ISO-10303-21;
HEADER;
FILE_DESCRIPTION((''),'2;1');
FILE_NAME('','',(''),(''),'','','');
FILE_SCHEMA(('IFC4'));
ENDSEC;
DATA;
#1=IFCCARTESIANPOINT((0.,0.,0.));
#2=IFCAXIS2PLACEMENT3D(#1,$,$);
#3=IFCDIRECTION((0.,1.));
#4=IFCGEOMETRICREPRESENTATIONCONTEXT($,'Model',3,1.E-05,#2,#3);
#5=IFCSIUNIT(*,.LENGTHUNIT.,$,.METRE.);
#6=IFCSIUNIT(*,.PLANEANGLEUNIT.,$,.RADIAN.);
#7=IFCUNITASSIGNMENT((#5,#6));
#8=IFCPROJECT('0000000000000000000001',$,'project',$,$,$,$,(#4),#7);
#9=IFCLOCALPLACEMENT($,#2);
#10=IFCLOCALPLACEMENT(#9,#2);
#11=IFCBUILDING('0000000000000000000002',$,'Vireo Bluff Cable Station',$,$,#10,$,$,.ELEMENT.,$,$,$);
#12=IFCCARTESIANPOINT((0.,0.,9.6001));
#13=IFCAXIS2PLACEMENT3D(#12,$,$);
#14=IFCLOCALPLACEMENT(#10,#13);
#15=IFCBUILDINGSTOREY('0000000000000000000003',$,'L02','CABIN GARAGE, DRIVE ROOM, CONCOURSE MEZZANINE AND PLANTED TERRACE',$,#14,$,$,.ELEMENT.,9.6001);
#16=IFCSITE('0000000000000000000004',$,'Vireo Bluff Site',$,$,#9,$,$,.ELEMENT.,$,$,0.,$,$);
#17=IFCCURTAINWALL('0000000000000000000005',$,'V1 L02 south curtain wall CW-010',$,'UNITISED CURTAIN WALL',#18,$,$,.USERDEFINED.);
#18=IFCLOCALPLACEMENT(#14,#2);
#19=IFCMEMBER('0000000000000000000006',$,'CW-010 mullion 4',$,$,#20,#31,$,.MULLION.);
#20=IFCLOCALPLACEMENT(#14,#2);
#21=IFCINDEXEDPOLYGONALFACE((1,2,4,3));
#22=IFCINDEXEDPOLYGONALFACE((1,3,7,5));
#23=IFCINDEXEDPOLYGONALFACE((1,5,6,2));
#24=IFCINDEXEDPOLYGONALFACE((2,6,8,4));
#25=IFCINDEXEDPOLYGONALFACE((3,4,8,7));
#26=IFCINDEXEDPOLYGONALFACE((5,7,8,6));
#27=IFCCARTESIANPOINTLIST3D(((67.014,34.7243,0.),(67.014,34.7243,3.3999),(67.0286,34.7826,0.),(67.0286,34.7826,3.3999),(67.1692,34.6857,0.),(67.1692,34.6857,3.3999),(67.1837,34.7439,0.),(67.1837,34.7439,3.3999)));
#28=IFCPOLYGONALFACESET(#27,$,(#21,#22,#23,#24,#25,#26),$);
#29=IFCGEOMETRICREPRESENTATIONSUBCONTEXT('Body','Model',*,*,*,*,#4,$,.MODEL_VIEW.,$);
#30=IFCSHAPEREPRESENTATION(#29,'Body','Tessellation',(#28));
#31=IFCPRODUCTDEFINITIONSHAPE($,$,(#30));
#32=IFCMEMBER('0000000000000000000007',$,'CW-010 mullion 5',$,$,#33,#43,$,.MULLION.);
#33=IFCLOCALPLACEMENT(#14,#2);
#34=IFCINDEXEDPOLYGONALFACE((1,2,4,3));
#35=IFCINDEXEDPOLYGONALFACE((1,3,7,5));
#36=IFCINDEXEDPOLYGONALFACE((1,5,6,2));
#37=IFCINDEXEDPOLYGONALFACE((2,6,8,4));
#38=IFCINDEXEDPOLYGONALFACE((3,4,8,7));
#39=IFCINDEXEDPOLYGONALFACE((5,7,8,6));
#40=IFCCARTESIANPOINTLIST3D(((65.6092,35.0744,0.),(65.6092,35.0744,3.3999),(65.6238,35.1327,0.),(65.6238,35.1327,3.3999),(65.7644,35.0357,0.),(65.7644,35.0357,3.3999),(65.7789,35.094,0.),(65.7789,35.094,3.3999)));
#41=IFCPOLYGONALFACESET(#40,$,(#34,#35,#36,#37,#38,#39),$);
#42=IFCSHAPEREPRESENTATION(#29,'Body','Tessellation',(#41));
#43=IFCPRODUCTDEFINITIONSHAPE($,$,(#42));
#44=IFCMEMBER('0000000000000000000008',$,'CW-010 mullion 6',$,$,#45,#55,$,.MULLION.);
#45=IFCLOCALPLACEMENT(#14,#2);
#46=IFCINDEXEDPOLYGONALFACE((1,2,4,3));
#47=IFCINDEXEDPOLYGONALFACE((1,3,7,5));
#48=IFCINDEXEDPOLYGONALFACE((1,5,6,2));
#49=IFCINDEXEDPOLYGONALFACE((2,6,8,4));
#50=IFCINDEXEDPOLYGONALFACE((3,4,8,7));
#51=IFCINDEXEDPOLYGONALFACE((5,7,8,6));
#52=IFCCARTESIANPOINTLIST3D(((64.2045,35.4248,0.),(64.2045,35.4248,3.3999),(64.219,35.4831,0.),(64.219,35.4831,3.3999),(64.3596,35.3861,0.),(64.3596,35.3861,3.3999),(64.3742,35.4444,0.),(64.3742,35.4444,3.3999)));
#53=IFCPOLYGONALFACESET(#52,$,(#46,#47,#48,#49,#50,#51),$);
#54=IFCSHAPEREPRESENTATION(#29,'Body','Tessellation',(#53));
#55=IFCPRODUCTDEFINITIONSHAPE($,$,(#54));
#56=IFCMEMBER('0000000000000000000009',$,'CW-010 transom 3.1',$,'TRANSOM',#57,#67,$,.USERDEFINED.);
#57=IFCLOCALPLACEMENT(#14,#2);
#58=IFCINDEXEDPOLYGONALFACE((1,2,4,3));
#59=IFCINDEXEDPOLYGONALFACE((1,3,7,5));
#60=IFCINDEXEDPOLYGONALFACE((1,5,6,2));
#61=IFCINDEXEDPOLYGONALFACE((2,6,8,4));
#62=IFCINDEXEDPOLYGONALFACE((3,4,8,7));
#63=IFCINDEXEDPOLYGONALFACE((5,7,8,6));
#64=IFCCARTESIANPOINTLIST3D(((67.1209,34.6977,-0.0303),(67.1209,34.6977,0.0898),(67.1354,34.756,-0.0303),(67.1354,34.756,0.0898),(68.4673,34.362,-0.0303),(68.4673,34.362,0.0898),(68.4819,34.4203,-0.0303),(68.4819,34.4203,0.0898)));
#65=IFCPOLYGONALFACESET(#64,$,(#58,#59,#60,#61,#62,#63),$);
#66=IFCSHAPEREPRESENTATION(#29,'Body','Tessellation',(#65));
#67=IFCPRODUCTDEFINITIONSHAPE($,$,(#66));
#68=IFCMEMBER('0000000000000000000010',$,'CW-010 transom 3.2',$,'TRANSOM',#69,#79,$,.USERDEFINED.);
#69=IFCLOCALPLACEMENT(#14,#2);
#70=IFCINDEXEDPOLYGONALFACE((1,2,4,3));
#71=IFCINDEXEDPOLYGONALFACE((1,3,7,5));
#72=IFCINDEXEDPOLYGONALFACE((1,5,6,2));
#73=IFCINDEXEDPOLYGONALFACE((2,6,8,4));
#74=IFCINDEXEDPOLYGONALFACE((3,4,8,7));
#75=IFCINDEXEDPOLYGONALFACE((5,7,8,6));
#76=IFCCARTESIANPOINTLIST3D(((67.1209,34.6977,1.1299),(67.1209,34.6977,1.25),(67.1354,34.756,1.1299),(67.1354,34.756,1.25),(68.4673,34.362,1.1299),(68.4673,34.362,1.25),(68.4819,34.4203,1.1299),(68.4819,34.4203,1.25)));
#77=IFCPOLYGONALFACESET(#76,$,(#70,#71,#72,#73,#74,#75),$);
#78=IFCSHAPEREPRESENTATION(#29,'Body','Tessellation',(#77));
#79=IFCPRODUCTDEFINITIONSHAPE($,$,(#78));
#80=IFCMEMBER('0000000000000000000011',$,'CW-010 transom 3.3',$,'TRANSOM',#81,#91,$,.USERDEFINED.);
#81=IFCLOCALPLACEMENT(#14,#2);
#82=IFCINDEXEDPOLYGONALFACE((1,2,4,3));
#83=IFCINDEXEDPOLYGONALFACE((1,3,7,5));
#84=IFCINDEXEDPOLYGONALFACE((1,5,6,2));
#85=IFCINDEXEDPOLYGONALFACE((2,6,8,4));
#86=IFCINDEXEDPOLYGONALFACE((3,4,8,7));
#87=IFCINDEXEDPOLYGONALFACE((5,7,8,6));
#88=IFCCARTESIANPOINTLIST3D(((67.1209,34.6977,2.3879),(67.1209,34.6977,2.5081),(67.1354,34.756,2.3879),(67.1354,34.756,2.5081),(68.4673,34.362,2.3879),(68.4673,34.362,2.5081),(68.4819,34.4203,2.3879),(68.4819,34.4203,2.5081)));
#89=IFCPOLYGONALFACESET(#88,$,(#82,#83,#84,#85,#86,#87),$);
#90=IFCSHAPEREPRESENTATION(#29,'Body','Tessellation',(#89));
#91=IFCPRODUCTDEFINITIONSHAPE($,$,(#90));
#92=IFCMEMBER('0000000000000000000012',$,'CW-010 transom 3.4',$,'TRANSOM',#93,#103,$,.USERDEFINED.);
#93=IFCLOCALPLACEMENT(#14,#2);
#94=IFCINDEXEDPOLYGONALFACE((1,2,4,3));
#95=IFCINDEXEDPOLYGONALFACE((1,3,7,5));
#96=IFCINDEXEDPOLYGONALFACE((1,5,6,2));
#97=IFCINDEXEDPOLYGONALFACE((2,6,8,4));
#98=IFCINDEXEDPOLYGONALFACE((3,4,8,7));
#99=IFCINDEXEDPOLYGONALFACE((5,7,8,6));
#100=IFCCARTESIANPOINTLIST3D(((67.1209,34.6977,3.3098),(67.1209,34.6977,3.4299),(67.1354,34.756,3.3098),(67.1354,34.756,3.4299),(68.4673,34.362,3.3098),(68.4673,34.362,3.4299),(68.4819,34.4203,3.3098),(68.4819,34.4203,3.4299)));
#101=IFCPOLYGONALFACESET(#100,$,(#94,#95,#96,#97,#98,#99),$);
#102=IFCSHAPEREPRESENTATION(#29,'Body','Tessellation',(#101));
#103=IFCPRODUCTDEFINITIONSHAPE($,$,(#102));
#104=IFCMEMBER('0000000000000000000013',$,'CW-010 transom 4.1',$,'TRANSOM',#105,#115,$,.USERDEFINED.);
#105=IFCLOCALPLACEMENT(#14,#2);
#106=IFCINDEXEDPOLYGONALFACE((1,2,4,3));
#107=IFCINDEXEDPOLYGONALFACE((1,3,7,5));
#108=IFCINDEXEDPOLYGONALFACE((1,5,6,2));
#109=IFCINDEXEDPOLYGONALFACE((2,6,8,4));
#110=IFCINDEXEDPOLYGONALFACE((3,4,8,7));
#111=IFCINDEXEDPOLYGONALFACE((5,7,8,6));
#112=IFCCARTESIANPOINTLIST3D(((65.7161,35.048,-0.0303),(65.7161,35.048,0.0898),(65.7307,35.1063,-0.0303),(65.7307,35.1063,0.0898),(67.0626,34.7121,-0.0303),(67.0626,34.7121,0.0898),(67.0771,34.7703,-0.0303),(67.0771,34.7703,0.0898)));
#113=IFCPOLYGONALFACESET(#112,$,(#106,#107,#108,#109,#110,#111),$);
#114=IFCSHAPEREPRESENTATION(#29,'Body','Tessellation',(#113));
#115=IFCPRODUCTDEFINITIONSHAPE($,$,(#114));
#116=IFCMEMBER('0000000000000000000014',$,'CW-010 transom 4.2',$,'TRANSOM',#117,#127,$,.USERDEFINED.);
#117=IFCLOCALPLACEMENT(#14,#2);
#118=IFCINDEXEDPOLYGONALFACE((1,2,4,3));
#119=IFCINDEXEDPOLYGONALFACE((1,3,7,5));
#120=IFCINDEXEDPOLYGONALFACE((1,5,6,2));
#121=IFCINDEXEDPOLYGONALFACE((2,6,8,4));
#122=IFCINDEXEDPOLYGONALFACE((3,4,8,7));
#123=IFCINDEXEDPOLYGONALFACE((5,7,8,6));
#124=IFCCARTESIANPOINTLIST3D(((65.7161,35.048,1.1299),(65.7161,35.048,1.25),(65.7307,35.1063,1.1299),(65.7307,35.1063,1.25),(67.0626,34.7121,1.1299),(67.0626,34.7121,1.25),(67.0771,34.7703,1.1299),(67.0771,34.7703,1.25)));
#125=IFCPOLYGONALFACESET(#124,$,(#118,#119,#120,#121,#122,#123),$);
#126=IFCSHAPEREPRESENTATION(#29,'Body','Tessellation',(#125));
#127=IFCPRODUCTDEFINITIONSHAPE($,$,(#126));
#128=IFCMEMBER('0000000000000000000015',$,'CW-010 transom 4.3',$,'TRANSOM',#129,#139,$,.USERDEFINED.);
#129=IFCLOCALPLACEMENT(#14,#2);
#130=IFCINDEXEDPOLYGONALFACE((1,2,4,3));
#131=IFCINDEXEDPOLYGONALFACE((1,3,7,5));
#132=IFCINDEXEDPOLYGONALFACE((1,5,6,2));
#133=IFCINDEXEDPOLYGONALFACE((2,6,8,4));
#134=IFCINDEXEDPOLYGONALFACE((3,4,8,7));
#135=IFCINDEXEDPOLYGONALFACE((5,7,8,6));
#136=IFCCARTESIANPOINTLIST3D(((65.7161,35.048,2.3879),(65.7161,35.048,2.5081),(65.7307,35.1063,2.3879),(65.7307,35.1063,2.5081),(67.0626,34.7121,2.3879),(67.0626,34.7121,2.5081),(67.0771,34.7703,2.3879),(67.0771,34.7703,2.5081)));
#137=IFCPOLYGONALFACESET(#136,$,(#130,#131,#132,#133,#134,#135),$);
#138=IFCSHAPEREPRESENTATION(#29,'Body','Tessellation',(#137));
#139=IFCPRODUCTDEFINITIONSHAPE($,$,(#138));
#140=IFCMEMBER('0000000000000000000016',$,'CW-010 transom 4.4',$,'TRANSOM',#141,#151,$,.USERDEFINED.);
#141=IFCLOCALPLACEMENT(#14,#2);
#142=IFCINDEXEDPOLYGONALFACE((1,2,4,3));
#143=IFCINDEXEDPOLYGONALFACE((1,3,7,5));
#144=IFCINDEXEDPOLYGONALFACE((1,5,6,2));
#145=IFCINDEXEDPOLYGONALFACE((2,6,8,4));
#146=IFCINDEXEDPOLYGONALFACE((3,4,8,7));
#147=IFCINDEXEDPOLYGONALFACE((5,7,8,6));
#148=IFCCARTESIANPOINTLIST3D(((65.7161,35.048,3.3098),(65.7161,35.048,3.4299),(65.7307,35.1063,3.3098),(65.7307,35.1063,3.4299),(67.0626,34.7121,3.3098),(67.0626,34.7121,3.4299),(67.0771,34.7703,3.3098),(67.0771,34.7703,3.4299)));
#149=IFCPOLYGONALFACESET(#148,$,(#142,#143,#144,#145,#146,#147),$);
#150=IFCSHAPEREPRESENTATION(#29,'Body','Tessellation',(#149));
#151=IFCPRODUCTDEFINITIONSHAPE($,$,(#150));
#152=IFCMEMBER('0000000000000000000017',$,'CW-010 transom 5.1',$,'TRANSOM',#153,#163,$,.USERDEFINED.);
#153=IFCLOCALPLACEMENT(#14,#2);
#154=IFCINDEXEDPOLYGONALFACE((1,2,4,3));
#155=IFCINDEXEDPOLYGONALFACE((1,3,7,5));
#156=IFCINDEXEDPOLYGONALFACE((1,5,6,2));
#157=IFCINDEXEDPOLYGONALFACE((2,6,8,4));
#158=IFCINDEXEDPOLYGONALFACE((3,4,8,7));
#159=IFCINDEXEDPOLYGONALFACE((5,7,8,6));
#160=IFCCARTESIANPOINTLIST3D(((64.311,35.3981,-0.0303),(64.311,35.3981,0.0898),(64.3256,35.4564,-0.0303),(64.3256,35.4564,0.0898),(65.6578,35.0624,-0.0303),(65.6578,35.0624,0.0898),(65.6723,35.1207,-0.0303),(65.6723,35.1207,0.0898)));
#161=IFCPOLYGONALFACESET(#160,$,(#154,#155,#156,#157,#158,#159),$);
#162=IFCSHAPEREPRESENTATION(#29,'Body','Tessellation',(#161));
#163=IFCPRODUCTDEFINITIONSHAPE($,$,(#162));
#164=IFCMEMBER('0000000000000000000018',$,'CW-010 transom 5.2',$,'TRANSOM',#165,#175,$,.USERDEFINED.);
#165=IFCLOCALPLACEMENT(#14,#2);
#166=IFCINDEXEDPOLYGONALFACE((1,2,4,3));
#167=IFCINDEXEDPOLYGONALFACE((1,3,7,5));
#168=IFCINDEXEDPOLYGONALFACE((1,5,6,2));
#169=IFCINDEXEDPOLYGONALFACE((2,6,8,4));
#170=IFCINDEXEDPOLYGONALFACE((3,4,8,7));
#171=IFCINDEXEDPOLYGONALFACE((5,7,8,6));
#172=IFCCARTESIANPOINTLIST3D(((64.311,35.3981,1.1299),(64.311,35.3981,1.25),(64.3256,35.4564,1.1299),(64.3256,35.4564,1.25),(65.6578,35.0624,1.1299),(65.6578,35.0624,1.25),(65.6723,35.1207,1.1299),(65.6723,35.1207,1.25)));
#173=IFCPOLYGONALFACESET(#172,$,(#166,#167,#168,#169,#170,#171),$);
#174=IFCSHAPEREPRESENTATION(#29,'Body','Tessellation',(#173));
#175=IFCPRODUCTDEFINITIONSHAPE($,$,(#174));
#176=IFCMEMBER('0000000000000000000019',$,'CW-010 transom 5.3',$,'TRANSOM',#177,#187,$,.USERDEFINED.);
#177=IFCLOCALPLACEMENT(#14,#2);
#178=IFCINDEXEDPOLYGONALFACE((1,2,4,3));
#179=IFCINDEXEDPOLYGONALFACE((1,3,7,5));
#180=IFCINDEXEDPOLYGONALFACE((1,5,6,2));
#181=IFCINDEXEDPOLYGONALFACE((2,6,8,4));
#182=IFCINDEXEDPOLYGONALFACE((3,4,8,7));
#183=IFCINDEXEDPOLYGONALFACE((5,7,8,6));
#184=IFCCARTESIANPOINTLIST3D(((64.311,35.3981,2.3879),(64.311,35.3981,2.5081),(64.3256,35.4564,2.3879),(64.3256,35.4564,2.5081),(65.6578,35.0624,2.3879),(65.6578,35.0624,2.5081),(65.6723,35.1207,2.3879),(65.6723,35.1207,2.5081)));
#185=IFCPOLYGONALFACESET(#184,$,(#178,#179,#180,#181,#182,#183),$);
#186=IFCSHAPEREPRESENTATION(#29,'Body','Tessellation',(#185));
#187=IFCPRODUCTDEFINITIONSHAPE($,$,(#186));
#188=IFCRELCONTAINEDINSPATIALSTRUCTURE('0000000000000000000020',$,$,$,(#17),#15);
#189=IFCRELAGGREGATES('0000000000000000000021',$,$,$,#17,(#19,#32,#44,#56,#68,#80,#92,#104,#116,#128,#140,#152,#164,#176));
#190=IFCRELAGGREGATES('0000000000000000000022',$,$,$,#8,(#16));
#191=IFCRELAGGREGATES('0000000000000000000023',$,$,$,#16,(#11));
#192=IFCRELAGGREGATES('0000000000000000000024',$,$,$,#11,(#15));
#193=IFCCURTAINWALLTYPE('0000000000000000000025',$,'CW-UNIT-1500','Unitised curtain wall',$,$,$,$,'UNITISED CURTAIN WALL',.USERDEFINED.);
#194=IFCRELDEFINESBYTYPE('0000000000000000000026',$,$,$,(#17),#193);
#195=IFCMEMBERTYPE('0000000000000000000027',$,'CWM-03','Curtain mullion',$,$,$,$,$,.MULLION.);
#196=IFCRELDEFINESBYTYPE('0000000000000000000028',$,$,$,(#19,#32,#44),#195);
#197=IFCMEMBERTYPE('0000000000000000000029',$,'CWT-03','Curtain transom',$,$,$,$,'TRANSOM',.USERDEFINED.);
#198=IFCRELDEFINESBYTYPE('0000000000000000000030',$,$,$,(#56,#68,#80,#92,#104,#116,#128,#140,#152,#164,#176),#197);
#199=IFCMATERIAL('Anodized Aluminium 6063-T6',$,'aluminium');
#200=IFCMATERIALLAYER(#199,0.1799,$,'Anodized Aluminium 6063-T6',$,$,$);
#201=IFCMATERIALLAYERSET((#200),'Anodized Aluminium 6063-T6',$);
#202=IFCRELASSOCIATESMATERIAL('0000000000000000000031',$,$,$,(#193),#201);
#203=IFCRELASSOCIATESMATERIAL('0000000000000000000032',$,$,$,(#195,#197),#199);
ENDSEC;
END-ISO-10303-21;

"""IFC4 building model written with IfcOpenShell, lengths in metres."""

from ifc_helpers import new_model, si_unit, direction, frame, origin, origin_2d, place, context, subcontext, project, spatial, rectangle, extrude, material, layer, layer_set, material_profile, profile_set, type_object, element, aggregate, save


model = new_model("IFC4")

# Units and contexts
model_context = context("Model", 3, precision=1e-05, world=origin(), true_north=direction((0.0, 1.0)))
body_context = subcontext(model_context, "Body", "Model", "MODEL_VIEW")
ifc_project = project(units=[si_unit("LENGTHUNIT", "METRE"), si_unit("PLANEANGLEUNIT", "RADIAN")], contexts=[model_context])

# Site, building, storey
site_placement = place(None, origin())
site = spatial("IfcSite", under=ifc_project, at=site_placement, Name="Vireo Bluff Site", CompositionType="ELEMENT", RefElevation=0.0)
building_placement = place(site_placement, origin())
building = spatial("IfcBuilding", under=site, at=building_placement, Name="Vireo Bluff Cable Station", CompositionType="ELEMENT")
storey_placement = place(building_placement, frame((0.0, 0.0, 9.6001)))
storey = spatial("IfcBuildingStorey", under=building, at=storey_placement, Name="L02", Description="CABIN GARAGE, DRIVE ROOM, CONCOURSE MEZZANINE AND PLANTED TERRACE", CompositionType="ELEMENT", Elevation=9.6001)

# Curtain wall, members
ifc_material_1 = material(Name="Anodized Aluminium 6063-T6", Category="aluminium")
ifc_layer_1 = layer(ifc_material_1, 0.1799, Name="Anodized Aluminium 6063-T6")
ifc_layer_set_1 = layer_set([ifc_layer_1], Name="Anodized Aluminium 6063-T6")
curtain_wall_type = type_object("IfcCurtainWallType", Name="CW-UNIT-1500", Description="Unitised curtain wall", ElementType="UNITISED CURTAIN WALL", PredefinedType="USERDEFINED", material=ifc_layer_set_1)
curtain_wall_placement = place(storey_placement, origin())
curtain_wall = element("IfcCurtainWall", 1, at=curtain_wall_placement, inside=storey, type_object=curtain_wall_type, Name="V1 L02 south curtain wall CW-010", ObjectType="UNITISED CURTAIN WALL", PredefinedType="USERDEFINED")
ifc_material_profile_1 = material_profile(ifc_material_1, rectangle(XDim=0.0601, YDim=0.1599, at=origin_2d()), Name="ALU-M-60X160")
ifc_profile_set_1 = profile_set([ifc_material_profile_1], Name="Anodized Aluminium 6063-T6")
member_type_1 = type_object("IfcMemberType", Name="CWM-03", Description="Curtain mullion", PredefinedType="MULLION", material=ifc_profile_set_1)
member_1_placement = place(storey_placement, frame((67.0989, 34.7341, 0.0), z_axis=(0.0, 0.0, 1.0), x_axis=(-0.241922, -0.970296, 0.0)))
member_1 = element("IfcMember", 2, at=member_1_placement, type_object=member_type_1, Name="CW-010 mullion 4", PredefinedType="MULLION", context=body_context, shape_type="SweptSolid", body=[
    extrude(rectangle(XDim=0.0601, YDim=0.1599, at=origin_2d()), origin(), (0.0, 0.0, 1.0), 3.3999),
])
member_2_placement = place(storey_placement, frame((65.6941, 35.0842, 0.0), z_axis=(0.0, 0.0, 1.0), x_axis=(-0.241922, -0.970296, 0.0)))
member_2 = element("IfcMember", 3, at=member_2_placement, type_object=member_type_1, Name="CW-010 mullion 5", PredefinedType="MULLION", context=body_context, shape_type="SweptSolid", body=[
    extrude(rectangle(XDim=0.0601, YDim=0.1599, at=origin_2d()), origin(), (0.0, 0.0, 1.0), 3.3999),
])
member_3_placement = place(storey_placement, frame((64.2893, 35.4346, 0.0), z_axis=(0.0, 0.0, 1.0), x_axis=(-0.241922, -0.970296, 0.0)))
member_3 = element("IfcMember", 4, at=member_3_placement, type_object=member_type_1, Name="CW-010 mullion 6", PredefinedType="MULLION", context=body_context, shape_type="SweptSolid", body=[
    extrude(rectangle(XDim=0.0601, YDim=0.1599, at=origin_2d()), origin(), (0.0, 0.0, 1.0), 3.3999),
])
ifc_material_profile_2 = material_profile(ifc_material_1, rectangle(XDim=0.0601, YDim=0.1201, at=origin_2d()), Name="ALU-T-60X120")
ifc_profile_set_2 = profile_set([ifc_material_profile_2], Name="Anodized Aluminium 6063-T6")
member_type_2 = type_object("IfcMemberType", Name="CWT-03", Description="Curtain transom", ElementType="TRANSOM", PredefinedType="USERDEFINED", material=ifc_profile_set_2)
member_4_placement = place(storey_placement, frame((68.4746, 34.3911, 0.0298), z_axis=(-0.970298, 0.241915, 0.0), x_axis=(-0.241915, -0.970298, 0.0)))
member_4 = element("IfcMember", 5, at=member_4_placement, type_object=member_type_2, Name="CW-010 transom 3.1", ObjectType="TRANSOM", PredefinedType="USERDEFINED", context=body_context, shape_type="SweptSolid", body=[
    extrude(rectangle(XDim=0.0601, YDim=0.1201, at=origin_2d()), origin(), (0.0, 0.0, 1.0), 1.3877),
])
member_5_placement = place(storey_placement, frame((68.4746, 34.3911, 1.1899), z_axis=(-0.970298, 0.241915, 0.0), x_axis=(-0.241915, -0.970298, 0.0)))
member_5 = element("IfcMember", 6, at=member_5_placement, type_object=member_type_2, Name="CW-010 transom 3.2", ObjectType="TRANSOM", PredefinedType="USERDEFINED", context=body_context, shape_type="SweptSolid", body=[
    extrude(rectangle(XDim=0.0601, YDim=0.1201, at=origin_2d()), origin(), (0.0, 0.0, 1.0), 1.3877),
])
member_6_placement = place(storey_placement, frame((68.4746, 34.3911, 2.448), z_axis=(-0.970298, 0.241915, 0.0), x_axis=(-0.241915, -0.970298, 0.0)))
member_6 = element("IfcMember", 7, at=member_6_placement, type_object=member_type_2, Name="CW-010 transom 3.3", ObjectType="TRANSOM", PredefinedType="USERDEFINED", context=body_context, shape_type="SweptSolid", body=[
    extrude(rectangle(XDim=0.0601, YDim=0.1201, at=origin_2d()), origin(), (0.0, 0.0, 1.0), 1.3877),
])
member_7_placement = place(storey_placement, frame((68.4746, 34.3911, 3.3699), z_axis=(-0.970298, 0.241915, 0.0), x_axis=(-0.241915, -0.970298, 0.0)))
member_7 = element("IfcMember", 8, at=member_7_placement, type_object=member_type_2, Name="CW-010 transom 3.4", ObjectType="TRANSOM", PredefinedType="USERDEFINED", context=body_context, shape_type="SweptSolid", body=[
    extrude(rectangle(XDim=0.0601, YDim=0.1201, at=origin_2d()), origin(), (0.0, 0.0, 1.0), 1.3877),
])
member_8_placement = place(storey_placement, frame((67.0698, 34.7412, 0.0298), z_axis=(-0.970256, 0.24208, 0.0), x_axis=(-0.24208, -0.970256, 0.0)))
member_8 = element("IfcMember", 9, at=member_8_placement, type_object=member_type_2, Name="CW-010 transom 4.1", ObjectType="TRANSOM", PredefinedType="USERDEFINED", context=body_context, shape_type="SweptSolid", body=[
    extrude(rectangle(XDim=0.0601, YDim=0.1201, at=origin_2d()), origin(), (0.0, 0.0, 1.0), 1.3877),
])
member_9_placement = place(storey_placement, frame((67.0698, 34.7412, 1.1899), z_axis=(-0.970256, 0.24208, 0.0), x_axis=(-0.24208, -0.970256, 0.0)))
member_9 = element("IfcMember", 10, at=member_9_placement, type_object=member_type_2, Name="CW-010 transom 4.2", ObjectType="TRANSOM", PredefinedType="USERDEFINED", context=body_context, shape_type="SweptSolid", body=[
    extrude(rectangle(XDim=0.0601, YDim=0.1201, at=origin_2d()), origin(), (0.0, 0.0, 1.0), 1.3877),
])
member_10_placement = place(storey_placement, frame((67.0698, 34.7412, 2.448), z_axis=(-0.970256, 0.24208, 0.0), x_axis=(-0.24208, -0.970256, 0.0)))
member_10 = element("IfcMember", 11, at=member_10_placement, type_object=member_type_2, Name="CW-010 transom 4.3", ObjectType="TRANSOM", PredefinedType="USERDEFINED", context=body_context, shape_type="SweptSolid", body=[
    extrude(rectangle(XDim=0.0601, YDim=0.1201, at=origin_2d()), origin(), (0.0, 0.0, 1.0), 1.3877),
])
member_11_placement = place(storey_placement, frame((67.0698, 34.7412, 3.3699), z_axis=(-0.970256, 0.24208, 0.0), x_axis=(-0.24208, -0.970256, 0.0)))
member_11 = element("IfcMember", 12, at=member_11_placement, type_object=member_type_2, Name="CW-010 transom 4.4", ObjectType="TRANSOM", PredefinedType="USERDEFINED", context=body_context, shape_type="SweptSolid", body=[
    extrude(rectangle(XDim=0.0601, YDim=0.1201, at=origin_2d()), origin(), (0.0, 0.0, 1.0), 1.3877),
])
member_12_placement = place(storey_placement, frame((65.665, 35.0916, 0.0298), z_axis=(-0.970308, 0.241873, 0.0), x_axis=(-0.241873, -0.970308, 0.0)))
member_12 = element("IfcMember", 13, at=member_12_placement, type_object=member_type_2, Name="CW-010 transom 5.1", ObjectType="TRANSOM", PredefinedType="USERDEFINED", context=body_context, shape_type="SweptSolid", body=[
    extrude(rectangle(XDim=0.0601, YDim=0.1201, at=origin_2d()), origin(), (0.0, 0.0, 1.0), 1.3879),
])
member_13_placement = place(storey_placement, frame((65.665, 35.0916, 1.1899), z_axis=(-0.970308, 0.241873, 0.0), x_axis=(-0.241873, -0.970308, 0.0)))
member_13 = element("IfcMember", 14, at=member_13_placement, type_object=member_type_2, Name="CW-010 transom 5.2", ObjectType="TRANSOM", PredefinedType="USERDEFINED", context=body_context, shape_type="SweptSolid", body=[
    extrude(rectangle(XDim=0.0601, YDim=0.1201, at=origin_2d()), origin(), (0.0, 0.0, 1.0), 1.3879),
])
member_14_placement = place(storey_placement, frame((65.665, 35.0916, 2.448), z_axis=(-0.970308, 0.241873, 0.0), x_axis=(-0.241873, -0.970308, 0.0)))
member_14 = element("IfcMember", 15, at=member_14_placement, type_object=member_type_2, Name="CW-010 transom 5.3", ObjectType="TRANSOM", PredefinedType="USERDEFINED", context=body_context, shape_type="SweptSolid", body=[
    extrude(rectangle(XDim=0.0601, YDim=0.1201, at=origin_2d()), origin(), (0.0, 0.0, 1.0), 1.3879),
])
aggregate(curtain_wall, [member_1, member_2, member_3, member_4, member_5, member_6, member_7, member_8, member_9, member_10, member_11, member_12, member_13, member_14])

save(model, "model.ifc")
